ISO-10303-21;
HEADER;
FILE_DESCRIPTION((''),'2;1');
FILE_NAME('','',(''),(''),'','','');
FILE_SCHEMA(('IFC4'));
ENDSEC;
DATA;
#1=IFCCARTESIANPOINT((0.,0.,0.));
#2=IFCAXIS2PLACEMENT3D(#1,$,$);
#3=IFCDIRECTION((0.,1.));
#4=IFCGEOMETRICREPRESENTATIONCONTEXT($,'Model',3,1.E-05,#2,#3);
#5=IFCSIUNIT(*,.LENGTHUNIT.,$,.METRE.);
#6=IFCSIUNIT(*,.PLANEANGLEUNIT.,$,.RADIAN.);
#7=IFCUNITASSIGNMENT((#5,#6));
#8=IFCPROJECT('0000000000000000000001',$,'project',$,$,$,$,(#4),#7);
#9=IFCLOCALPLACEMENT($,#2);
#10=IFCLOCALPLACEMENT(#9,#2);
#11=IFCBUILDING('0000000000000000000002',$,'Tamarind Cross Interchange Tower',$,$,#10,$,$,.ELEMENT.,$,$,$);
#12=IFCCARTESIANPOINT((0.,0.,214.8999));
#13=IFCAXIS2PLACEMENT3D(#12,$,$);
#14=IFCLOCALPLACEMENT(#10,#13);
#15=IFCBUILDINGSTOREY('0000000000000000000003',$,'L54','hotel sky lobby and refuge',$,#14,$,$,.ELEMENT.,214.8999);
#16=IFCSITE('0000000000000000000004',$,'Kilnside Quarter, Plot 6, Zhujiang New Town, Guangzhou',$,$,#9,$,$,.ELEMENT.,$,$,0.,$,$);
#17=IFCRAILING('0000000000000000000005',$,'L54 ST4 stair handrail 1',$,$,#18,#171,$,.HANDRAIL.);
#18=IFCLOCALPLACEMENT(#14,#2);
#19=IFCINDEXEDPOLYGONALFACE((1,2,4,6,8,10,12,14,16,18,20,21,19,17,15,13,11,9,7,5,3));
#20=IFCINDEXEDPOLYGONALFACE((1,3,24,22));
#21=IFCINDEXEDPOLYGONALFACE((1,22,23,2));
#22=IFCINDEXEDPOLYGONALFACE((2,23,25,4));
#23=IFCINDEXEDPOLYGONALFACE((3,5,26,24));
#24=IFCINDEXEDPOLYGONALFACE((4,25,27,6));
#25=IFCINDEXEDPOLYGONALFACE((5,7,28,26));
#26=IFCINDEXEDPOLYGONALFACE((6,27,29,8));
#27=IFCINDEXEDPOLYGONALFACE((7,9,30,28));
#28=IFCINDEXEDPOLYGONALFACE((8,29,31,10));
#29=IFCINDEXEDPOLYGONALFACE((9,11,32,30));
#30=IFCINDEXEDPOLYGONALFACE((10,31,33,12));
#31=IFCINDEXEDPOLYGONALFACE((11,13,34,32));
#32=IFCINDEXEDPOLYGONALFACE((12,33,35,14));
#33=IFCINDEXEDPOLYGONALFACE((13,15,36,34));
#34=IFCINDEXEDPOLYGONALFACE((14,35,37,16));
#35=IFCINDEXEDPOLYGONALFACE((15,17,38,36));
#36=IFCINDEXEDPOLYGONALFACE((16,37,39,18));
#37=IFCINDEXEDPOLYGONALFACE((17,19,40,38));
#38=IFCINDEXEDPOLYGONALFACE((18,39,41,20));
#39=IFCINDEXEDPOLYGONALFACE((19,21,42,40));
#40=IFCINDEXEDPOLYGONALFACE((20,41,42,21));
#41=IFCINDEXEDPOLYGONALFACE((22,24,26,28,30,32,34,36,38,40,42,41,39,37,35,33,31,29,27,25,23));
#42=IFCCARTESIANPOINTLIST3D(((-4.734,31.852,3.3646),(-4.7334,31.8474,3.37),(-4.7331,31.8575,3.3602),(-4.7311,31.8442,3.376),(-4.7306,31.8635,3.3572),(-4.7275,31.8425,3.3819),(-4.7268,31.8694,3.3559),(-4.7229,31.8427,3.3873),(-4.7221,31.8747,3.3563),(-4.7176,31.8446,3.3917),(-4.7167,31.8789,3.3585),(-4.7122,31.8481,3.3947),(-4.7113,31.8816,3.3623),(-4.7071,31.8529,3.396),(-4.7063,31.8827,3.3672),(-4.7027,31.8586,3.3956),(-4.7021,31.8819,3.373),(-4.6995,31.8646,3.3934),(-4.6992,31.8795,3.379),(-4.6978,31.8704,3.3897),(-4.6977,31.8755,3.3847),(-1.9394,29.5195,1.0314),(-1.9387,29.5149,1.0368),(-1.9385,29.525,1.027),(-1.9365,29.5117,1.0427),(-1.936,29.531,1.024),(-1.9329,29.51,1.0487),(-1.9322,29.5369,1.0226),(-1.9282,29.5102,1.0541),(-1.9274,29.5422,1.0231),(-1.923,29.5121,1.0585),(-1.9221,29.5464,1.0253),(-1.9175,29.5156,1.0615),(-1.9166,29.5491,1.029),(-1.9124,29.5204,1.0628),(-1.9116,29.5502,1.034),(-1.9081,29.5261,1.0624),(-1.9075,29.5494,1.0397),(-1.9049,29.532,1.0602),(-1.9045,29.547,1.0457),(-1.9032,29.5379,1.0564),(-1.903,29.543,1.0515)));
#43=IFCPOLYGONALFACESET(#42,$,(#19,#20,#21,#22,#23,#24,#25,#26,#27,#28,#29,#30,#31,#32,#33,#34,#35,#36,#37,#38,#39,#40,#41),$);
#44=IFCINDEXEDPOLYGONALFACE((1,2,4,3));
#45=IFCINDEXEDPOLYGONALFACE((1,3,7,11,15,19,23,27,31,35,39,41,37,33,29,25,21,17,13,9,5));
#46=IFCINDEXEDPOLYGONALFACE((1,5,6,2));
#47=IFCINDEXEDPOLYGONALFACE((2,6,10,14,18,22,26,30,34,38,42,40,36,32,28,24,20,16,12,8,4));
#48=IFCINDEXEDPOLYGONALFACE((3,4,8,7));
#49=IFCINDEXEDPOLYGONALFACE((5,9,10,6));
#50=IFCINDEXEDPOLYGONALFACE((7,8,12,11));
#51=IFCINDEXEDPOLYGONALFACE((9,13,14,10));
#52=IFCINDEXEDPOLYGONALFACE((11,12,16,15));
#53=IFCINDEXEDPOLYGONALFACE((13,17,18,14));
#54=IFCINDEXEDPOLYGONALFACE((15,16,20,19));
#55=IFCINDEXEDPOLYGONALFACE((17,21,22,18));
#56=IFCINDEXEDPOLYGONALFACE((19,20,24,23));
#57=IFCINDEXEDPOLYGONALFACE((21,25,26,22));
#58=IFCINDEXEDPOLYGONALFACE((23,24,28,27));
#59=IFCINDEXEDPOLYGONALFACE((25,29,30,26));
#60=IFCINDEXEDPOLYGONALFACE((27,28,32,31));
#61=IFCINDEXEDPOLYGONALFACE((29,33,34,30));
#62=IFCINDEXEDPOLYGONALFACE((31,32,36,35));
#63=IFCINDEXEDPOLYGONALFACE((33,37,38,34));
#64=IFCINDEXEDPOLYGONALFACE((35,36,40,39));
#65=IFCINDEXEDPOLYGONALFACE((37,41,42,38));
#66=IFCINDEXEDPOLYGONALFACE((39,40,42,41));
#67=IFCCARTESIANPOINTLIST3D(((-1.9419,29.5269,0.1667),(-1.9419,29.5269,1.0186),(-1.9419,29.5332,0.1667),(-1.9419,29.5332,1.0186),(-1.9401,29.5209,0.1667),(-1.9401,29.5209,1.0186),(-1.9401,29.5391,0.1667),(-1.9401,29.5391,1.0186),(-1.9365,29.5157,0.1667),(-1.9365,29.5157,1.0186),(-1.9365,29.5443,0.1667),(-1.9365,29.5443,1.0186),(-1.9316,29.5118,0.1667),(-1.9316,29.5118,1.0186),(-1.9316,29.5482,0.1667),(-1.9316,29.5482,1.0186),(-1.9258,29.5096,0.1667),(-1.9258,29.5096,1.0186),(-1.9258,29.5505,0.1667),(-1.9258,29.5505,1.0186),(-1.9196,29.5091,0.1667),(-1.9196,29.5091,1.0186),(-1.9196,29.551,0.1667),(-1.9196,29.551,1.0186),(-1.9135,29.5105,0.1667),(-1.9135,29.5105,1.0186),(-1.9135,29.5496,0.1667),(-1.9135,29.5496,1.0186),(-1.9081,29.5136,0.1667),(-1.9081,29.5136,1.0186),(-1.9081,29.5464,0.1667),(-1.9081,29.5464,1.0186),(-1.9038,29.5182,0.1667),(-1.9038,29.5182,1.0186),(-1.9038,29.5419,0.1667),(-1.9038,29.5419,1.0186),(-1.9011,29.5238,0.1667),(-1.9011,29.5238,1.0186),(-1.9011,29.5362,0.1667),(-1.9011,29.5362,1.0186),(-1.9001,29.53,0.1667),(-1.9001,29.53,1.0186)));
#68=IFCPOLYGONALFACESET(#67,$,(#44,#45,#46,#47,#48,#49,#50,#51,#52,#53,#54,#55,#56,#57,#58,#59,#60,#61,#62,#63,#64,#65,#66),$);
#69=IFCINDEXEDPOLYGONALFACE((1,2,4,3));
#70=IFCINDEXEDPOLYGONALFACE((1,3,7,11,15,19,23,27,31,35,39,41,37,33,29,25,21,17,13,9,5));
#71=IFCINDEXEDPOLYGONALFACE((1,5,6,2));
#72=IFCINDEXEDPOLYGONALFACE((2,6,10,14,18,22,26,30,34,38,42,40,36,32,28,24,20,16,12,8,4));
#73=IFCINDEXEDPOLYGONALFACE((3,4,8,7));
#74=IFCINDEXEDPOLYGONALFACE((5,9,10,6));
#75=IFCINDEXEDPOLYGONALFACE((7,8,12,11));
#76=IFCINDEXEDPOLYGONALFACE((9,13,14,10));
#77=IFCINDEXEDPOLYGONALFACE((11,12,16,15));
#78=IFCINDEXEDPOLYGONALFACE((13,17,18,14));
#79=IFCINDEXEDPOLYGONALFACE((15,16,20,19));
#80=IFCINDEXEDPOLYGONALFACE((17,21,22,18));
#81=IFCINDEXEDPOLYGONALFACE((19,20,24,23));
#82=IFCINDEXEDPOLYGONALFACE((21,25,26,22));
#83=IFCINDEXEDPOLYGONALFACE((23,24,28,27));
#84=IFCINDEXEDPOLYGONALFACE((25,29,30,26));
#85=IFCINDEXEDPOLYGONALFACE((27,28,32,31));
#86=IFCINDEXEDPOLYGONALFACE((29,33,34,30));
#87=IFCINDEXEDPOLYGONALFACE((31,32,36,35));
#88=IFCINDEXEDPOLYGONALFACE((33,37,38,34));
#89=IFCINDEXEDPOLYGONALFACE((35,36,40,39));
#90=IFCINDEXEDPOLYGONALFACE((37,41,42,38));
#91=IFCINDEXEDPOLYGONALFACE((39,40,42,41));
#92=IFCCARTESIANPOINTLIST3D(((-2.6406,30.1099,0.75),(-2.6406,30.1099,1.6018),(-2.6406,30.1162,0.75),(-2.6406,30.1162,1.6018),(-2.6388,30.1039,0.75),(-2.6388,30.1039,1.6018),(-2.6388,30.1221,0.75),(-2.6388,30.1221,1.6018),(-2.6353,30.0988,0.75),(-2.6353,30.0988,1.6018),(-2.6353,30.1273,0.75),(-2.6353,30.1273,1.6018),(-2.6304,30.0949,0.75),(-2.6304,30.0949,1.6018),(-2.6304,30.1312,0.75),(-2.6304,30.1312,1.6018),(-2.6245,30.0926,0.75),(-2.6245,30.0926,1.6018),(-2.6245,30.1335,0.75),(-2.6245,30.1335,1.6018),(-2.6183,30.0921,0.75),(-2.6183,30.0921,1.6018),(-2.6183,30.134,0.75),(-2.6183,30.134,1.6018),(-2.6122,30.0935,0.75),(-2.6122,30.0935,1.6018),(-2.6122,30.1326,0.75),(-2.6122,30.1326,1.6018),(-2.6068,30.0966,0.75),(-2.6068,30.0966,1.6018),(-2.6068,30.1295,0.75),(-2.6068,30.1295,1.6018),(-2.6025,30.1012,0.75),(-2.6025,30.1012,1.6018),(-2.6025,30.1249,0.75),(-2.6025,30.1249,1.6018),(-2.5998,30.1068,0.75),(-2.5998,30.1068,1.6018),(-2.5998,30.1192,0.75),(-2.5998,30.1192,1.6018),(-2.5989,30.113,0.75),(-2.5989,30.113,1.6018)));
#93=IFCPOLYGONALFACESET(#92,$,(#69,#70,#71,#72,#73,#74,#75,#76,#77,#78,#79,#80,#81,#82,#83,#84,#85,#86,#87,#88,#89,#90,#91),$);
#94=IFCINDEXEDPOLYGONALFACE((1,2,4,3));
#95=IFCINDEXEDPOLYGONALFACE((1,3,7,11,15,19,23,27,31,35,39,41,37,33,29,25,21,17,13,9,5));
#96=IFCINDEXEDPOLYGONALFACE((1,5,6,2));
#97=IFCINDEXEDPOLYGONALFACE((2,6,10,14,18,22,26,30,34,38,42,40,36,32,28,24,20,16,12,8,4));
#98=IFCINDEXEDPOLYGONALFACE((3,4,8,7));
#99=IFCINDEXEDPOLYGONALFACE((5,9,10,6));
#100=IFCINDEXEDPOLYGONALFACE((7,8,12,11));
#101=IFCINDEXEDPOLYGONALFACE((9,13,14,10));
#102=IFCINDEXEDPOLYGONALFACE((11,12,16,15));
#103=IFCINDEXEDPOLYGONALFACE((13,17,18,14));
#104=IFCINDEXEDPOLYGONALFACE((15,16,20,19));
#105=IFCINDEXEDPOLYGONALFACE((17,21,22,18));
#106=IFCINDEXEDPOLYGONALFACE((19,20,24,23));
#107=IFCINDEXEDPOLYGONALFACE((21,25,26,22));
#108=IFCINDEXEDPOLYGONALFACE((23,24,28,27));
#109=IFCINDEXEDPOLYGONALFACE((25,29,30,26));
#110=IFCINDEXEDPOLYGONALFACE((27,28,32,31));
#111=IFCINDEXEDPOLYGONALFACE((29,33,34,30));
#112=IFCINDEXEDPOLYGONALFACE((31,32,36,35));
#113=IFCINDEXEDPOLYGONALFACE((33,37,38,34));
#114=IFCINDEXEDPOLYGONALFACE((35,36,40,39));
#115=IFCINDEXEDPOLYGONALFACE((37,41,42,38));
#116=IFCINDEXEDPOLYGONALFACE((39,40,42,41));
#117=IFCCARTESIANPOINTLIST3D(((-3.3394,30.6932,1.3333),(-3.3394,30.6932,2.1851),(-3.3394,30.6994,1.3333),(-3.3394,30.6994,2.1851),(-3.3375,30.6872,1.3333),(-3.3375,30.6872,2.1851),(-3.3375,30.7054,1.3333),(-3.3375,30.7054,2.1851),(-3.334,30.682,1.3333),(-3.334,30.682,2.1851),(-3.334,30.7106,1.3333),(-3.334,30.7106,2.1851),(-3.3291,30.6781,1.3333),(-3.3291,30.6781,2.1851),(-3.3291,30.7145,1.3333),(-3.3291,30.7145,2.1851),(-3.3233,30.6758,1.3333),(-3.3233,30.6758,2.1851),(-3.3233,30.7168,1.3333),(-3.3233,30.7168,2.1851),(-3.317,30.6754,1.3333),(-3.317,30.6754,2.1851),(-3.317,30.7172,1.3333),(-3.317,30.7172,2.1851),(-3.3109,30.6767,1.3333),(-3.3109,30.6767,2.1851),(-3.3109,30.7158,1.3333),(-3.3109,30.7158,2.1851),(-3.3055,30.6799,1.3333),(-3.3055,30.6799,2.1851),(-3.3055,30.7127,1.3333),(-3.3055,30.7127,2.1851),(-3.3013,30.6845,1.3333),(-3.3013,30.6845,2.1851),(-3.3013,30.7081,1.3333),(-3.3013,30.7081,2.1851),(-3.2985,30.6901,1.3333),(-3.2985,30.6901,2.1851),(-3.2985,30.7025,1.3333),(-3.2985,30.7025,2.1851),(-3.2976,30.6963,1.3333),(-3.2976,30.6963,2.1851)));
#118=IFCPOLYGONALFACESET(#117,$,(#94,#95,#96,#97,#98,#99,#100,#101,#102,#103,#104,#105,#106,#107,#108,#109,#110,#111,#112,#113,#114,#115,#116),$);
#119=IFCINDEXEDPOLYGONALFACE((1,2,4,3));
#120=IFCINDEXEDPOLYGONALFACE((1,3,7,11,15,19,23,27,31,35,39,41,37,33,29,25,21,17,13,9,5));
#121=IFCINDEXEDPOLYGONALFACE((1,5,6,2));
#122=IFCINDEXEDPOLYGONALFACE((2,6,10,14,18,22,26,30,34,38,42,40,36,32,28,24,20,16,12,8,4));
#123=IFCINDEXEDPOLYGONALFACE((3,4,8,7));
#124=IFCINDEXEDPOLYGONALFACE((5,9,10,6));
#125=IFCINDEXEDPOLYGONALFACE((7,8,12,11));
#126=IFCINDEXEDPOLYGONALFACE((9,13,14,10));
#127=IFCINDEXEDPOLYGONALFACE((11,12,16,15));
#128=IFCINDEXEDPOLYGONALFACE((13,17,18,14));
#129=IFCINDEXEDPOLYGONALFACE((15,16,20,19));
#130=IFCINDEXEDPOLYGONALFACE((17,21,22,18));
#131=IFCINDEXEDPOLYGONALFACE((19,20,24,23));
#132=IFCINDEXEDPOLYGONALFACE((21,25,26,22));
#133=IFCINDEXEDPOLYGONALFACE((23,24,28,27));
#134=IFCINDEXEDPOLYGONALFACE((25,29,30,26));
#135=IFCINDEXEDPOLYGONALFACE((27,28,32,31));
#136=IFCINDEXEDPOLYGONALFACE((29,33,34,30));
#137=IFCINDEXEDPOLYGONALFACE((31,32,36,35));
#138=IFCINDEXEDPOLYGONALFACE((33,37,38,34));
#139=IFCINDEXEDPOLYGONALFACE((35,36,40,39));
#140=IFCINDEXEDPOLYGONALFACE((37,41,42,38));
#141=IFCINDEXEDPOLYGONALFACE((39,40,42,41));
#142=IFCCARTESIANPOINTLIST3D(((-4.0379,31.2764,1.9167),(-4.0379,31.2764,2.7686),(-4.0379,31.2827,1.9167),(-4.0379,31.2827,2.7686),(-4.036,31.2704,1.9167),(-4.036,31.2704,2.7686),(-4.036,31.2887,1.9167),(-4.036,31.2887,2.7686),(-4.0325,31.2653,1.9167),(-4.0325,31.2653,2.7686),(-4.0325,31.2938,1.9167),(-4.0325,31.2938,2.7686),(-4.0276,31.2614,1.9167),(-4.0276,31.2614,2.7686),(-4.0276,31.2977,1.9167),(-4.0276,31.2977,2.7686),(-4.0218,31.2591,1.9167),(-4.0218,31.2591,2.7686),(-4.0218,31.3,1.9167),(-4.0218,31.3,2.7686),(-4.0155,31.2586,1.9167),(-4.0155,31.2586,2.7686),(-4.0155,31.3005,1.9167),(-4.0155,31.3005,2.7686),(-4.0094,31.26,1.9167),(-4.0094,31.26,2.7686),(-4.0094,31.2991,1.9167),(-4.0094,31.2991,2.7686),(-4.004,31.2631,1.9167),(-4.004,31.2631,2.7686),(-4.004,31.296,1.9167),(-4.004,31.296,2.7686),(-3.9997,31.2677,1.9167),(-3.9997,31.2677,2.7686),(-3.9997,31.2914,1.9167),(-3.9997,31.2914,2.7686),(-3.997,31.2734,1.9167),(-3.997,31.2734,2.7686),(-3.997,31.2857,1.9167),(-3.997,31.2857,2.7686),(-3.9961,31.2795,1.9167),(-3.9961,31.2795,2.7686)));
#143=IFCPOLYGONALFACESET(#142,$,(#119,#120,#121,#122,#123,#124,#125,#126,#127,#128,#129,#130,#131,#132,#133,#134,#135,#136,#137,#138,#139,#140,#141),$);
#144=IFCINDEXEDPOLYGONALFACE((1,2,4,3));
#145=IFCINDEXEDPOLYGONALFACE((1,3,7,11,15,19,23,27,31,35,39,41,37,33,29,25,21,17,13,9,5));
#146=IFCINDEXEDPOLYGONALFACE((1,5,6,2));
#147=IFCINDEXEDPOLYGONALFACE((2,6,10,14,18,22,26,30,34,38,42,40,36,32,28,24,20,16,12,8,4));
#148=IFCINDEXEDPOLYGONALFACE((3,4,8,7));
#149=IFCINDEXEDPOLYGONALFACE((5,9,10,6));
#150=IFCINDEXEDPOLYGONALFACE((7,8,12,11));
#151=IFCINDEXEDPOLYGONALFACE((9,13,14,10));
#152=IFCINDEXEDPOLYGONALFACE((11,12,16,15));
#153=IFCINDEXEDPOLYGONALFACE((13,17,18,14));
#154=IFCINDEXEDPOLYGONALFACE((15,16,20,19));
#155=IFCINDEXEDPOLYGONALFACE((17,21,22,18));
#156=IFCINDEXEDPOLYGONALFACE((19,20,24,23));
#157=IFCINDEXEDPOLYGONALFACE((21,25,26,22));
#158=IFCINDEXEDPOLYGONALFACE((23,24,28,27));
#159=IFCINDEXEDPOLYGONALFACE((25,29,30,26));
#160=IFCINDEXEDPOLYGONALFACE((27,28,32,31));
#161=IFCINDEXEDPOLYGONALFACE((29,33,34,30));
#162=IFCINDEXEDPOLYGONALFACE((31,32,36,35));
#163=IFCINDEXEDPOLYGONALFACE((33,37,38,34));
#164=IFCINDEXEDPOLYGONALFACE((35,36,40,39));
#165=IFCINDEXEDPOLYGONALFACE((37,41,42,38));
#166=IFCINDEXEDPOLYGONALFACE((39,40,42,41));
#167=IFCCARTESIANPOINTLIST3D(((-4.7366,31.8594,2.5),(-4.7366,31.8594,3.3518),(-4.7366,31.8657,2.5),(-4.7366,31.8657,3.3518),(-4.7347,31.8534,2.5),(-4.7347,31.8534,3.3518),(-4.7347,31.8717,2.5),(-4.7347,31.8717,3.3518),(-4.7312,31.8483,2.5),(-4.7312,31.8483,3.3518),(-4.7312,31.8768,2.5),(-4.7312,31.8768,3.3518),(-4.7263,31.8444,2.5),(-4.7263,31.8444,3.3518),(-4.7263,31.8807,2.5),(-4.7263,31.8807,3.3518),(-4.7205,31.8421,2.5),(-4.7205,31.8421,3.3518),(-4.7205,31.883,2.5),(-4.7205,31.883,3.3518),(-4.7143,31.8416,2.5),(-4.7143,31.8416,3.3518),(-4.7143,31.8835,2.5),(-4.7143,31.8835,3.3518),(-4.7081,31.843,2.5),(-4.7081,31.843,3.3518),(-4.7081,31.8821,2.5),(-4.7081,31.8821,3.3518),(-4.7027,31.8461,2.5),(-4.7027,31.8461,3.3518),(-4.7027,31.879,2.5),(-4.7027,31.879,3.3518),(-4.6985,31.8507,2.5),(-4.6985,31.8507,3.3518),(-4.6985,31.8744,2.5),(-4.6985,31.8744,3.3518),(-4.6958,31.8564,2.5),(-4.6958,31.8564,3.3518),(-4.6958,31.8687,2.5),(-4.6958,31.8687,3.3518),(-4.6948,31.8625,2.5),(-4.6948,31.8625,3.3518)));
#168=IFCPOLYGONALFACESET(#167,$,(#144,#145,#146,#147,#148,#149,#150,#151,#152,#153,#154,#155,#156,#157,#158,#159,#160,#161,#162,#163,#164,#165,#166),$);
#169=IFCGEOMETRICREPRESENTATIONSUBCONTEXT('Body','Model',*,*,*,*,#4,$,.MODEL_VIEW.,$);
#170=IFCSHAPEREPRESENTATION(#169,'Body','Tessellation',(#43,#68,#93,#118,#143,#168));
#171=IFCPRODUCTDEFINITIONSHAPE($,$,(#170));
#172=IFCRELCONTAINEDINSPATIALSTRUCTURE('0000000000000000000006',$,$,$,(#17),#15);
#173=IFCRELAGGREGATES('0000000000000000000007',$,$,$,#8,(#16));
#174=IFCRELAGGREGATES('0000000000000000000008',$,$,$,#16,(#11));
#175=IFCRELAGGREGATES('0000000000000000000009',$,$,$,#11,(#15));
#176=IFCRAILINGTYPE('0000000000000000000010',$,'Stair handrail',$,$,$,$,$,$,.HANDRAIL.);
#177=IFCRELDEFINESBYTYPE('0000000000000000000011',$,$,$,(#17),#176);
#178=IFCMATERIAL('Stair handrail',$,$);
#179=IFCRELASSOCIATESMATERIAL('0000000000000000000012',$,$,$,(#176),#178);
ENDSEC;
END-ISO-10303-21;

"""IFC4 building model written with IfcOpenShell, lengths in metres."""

from ifc_helpers import new_model, si_unit, direction, frame, origin, origin_2d, place, context, subcontext, project, spatial, circle, extrude, material, type_object, element, save


model = new_model("IFC4")

# Units and contexts
model_context = context("Model", 3, precision=1e-05, world=origin(), true_north=direction((0.0, 1.0)))
body_context = subcontext(model_context, "Body", "Model", "MODEL_VIEW")
ifc_project = project(units=[si_unit("LENGTHUNIT", "METRE"), si_unit("PLANEANGLEUNIT", "RADIAN")], contexts=[model_context])

# Site, building, storey
site_placement = place(None, origin())
site = spatial("IfcSite", under=ifc_project, at=site_placement, Name="Kilnside Quarter, Plot 6, Zhujiang New Town, Guangzhou", CompositionType="ELEMENT", RefElevation=0.0)
building_placement = place(site_placement, origin())
building = spatial("IfcBuilding", under=site, at=building_placement, Name="Tamarind Cross Interchange Tower", CompositionType="ELEMENT")
storey_placement = place(building_placement, frame((0.0, 0.0, 214.8999)))
storey = spatial("IfcBuildingStorey", under=building, at=storey_placement, Name="L54", Description="hotel sky lobby and refuge", CompositionType="ELEMENT", Elevation=214.8999)

# Railing
ifc_material_1 = material(Name="Stair handrail")
railing_type_1 = type_object("IfcRailingType", Name="Stair handrail", PredefinedType="HANDRAIL", material=ifc_material_1)
railing_1_placement = place(storey_placement, frame((-1.9211, 29.53, 0.1667)))
element("IfcRailing", 1, at=railing_1_placement, inside=storey, type_object=railing_type_1, Name="L54 ST4 stair handrail 1", PredefinedType="HANDRAIL", context=body_context, shape_type="SweptSolid", body=[
    extrude(circle(Radius=0.0239, at=origin_2d()), frame((0.0, 0.0, 0.876), z_axis=(-0.646353, 0.539465, 0.539634), x_axis=(-0.640771, -0.767732, 0.0)), (0.0, 0.0, 1.0), 4.3237),
    extrude(circle(Radius=0.021, at=origin_2d()), origin(), (0.0, 0.0, 1.0), 0.8518),
    extrude(circle(Radius=0.021, at=origin_2d()), frame((-0.6987, 0.583, 0.5833)), (0.0, 0.0, 1.0), 0.8518),
    extrude(circle(Radius=0.021, at=origin_2d()), frame((-1.3975, 1.1663, 1.1665)), (0.0, 0.0, 1.0), 0.8518),
    extrude(circle(Radius=0.021, at=origin_2d()), frame((-2.0959, 1.7495, 1.75)), (0.0, 0.0, 1.0), 0.8518),
    extrude(circle(Radius=0.021, at=origin_2d()), frame((-2.7947, 2.3325, 2.3333)), (0.0, 0.0, 1.0), 0.8518),
])

save(model, "model.ifc")
